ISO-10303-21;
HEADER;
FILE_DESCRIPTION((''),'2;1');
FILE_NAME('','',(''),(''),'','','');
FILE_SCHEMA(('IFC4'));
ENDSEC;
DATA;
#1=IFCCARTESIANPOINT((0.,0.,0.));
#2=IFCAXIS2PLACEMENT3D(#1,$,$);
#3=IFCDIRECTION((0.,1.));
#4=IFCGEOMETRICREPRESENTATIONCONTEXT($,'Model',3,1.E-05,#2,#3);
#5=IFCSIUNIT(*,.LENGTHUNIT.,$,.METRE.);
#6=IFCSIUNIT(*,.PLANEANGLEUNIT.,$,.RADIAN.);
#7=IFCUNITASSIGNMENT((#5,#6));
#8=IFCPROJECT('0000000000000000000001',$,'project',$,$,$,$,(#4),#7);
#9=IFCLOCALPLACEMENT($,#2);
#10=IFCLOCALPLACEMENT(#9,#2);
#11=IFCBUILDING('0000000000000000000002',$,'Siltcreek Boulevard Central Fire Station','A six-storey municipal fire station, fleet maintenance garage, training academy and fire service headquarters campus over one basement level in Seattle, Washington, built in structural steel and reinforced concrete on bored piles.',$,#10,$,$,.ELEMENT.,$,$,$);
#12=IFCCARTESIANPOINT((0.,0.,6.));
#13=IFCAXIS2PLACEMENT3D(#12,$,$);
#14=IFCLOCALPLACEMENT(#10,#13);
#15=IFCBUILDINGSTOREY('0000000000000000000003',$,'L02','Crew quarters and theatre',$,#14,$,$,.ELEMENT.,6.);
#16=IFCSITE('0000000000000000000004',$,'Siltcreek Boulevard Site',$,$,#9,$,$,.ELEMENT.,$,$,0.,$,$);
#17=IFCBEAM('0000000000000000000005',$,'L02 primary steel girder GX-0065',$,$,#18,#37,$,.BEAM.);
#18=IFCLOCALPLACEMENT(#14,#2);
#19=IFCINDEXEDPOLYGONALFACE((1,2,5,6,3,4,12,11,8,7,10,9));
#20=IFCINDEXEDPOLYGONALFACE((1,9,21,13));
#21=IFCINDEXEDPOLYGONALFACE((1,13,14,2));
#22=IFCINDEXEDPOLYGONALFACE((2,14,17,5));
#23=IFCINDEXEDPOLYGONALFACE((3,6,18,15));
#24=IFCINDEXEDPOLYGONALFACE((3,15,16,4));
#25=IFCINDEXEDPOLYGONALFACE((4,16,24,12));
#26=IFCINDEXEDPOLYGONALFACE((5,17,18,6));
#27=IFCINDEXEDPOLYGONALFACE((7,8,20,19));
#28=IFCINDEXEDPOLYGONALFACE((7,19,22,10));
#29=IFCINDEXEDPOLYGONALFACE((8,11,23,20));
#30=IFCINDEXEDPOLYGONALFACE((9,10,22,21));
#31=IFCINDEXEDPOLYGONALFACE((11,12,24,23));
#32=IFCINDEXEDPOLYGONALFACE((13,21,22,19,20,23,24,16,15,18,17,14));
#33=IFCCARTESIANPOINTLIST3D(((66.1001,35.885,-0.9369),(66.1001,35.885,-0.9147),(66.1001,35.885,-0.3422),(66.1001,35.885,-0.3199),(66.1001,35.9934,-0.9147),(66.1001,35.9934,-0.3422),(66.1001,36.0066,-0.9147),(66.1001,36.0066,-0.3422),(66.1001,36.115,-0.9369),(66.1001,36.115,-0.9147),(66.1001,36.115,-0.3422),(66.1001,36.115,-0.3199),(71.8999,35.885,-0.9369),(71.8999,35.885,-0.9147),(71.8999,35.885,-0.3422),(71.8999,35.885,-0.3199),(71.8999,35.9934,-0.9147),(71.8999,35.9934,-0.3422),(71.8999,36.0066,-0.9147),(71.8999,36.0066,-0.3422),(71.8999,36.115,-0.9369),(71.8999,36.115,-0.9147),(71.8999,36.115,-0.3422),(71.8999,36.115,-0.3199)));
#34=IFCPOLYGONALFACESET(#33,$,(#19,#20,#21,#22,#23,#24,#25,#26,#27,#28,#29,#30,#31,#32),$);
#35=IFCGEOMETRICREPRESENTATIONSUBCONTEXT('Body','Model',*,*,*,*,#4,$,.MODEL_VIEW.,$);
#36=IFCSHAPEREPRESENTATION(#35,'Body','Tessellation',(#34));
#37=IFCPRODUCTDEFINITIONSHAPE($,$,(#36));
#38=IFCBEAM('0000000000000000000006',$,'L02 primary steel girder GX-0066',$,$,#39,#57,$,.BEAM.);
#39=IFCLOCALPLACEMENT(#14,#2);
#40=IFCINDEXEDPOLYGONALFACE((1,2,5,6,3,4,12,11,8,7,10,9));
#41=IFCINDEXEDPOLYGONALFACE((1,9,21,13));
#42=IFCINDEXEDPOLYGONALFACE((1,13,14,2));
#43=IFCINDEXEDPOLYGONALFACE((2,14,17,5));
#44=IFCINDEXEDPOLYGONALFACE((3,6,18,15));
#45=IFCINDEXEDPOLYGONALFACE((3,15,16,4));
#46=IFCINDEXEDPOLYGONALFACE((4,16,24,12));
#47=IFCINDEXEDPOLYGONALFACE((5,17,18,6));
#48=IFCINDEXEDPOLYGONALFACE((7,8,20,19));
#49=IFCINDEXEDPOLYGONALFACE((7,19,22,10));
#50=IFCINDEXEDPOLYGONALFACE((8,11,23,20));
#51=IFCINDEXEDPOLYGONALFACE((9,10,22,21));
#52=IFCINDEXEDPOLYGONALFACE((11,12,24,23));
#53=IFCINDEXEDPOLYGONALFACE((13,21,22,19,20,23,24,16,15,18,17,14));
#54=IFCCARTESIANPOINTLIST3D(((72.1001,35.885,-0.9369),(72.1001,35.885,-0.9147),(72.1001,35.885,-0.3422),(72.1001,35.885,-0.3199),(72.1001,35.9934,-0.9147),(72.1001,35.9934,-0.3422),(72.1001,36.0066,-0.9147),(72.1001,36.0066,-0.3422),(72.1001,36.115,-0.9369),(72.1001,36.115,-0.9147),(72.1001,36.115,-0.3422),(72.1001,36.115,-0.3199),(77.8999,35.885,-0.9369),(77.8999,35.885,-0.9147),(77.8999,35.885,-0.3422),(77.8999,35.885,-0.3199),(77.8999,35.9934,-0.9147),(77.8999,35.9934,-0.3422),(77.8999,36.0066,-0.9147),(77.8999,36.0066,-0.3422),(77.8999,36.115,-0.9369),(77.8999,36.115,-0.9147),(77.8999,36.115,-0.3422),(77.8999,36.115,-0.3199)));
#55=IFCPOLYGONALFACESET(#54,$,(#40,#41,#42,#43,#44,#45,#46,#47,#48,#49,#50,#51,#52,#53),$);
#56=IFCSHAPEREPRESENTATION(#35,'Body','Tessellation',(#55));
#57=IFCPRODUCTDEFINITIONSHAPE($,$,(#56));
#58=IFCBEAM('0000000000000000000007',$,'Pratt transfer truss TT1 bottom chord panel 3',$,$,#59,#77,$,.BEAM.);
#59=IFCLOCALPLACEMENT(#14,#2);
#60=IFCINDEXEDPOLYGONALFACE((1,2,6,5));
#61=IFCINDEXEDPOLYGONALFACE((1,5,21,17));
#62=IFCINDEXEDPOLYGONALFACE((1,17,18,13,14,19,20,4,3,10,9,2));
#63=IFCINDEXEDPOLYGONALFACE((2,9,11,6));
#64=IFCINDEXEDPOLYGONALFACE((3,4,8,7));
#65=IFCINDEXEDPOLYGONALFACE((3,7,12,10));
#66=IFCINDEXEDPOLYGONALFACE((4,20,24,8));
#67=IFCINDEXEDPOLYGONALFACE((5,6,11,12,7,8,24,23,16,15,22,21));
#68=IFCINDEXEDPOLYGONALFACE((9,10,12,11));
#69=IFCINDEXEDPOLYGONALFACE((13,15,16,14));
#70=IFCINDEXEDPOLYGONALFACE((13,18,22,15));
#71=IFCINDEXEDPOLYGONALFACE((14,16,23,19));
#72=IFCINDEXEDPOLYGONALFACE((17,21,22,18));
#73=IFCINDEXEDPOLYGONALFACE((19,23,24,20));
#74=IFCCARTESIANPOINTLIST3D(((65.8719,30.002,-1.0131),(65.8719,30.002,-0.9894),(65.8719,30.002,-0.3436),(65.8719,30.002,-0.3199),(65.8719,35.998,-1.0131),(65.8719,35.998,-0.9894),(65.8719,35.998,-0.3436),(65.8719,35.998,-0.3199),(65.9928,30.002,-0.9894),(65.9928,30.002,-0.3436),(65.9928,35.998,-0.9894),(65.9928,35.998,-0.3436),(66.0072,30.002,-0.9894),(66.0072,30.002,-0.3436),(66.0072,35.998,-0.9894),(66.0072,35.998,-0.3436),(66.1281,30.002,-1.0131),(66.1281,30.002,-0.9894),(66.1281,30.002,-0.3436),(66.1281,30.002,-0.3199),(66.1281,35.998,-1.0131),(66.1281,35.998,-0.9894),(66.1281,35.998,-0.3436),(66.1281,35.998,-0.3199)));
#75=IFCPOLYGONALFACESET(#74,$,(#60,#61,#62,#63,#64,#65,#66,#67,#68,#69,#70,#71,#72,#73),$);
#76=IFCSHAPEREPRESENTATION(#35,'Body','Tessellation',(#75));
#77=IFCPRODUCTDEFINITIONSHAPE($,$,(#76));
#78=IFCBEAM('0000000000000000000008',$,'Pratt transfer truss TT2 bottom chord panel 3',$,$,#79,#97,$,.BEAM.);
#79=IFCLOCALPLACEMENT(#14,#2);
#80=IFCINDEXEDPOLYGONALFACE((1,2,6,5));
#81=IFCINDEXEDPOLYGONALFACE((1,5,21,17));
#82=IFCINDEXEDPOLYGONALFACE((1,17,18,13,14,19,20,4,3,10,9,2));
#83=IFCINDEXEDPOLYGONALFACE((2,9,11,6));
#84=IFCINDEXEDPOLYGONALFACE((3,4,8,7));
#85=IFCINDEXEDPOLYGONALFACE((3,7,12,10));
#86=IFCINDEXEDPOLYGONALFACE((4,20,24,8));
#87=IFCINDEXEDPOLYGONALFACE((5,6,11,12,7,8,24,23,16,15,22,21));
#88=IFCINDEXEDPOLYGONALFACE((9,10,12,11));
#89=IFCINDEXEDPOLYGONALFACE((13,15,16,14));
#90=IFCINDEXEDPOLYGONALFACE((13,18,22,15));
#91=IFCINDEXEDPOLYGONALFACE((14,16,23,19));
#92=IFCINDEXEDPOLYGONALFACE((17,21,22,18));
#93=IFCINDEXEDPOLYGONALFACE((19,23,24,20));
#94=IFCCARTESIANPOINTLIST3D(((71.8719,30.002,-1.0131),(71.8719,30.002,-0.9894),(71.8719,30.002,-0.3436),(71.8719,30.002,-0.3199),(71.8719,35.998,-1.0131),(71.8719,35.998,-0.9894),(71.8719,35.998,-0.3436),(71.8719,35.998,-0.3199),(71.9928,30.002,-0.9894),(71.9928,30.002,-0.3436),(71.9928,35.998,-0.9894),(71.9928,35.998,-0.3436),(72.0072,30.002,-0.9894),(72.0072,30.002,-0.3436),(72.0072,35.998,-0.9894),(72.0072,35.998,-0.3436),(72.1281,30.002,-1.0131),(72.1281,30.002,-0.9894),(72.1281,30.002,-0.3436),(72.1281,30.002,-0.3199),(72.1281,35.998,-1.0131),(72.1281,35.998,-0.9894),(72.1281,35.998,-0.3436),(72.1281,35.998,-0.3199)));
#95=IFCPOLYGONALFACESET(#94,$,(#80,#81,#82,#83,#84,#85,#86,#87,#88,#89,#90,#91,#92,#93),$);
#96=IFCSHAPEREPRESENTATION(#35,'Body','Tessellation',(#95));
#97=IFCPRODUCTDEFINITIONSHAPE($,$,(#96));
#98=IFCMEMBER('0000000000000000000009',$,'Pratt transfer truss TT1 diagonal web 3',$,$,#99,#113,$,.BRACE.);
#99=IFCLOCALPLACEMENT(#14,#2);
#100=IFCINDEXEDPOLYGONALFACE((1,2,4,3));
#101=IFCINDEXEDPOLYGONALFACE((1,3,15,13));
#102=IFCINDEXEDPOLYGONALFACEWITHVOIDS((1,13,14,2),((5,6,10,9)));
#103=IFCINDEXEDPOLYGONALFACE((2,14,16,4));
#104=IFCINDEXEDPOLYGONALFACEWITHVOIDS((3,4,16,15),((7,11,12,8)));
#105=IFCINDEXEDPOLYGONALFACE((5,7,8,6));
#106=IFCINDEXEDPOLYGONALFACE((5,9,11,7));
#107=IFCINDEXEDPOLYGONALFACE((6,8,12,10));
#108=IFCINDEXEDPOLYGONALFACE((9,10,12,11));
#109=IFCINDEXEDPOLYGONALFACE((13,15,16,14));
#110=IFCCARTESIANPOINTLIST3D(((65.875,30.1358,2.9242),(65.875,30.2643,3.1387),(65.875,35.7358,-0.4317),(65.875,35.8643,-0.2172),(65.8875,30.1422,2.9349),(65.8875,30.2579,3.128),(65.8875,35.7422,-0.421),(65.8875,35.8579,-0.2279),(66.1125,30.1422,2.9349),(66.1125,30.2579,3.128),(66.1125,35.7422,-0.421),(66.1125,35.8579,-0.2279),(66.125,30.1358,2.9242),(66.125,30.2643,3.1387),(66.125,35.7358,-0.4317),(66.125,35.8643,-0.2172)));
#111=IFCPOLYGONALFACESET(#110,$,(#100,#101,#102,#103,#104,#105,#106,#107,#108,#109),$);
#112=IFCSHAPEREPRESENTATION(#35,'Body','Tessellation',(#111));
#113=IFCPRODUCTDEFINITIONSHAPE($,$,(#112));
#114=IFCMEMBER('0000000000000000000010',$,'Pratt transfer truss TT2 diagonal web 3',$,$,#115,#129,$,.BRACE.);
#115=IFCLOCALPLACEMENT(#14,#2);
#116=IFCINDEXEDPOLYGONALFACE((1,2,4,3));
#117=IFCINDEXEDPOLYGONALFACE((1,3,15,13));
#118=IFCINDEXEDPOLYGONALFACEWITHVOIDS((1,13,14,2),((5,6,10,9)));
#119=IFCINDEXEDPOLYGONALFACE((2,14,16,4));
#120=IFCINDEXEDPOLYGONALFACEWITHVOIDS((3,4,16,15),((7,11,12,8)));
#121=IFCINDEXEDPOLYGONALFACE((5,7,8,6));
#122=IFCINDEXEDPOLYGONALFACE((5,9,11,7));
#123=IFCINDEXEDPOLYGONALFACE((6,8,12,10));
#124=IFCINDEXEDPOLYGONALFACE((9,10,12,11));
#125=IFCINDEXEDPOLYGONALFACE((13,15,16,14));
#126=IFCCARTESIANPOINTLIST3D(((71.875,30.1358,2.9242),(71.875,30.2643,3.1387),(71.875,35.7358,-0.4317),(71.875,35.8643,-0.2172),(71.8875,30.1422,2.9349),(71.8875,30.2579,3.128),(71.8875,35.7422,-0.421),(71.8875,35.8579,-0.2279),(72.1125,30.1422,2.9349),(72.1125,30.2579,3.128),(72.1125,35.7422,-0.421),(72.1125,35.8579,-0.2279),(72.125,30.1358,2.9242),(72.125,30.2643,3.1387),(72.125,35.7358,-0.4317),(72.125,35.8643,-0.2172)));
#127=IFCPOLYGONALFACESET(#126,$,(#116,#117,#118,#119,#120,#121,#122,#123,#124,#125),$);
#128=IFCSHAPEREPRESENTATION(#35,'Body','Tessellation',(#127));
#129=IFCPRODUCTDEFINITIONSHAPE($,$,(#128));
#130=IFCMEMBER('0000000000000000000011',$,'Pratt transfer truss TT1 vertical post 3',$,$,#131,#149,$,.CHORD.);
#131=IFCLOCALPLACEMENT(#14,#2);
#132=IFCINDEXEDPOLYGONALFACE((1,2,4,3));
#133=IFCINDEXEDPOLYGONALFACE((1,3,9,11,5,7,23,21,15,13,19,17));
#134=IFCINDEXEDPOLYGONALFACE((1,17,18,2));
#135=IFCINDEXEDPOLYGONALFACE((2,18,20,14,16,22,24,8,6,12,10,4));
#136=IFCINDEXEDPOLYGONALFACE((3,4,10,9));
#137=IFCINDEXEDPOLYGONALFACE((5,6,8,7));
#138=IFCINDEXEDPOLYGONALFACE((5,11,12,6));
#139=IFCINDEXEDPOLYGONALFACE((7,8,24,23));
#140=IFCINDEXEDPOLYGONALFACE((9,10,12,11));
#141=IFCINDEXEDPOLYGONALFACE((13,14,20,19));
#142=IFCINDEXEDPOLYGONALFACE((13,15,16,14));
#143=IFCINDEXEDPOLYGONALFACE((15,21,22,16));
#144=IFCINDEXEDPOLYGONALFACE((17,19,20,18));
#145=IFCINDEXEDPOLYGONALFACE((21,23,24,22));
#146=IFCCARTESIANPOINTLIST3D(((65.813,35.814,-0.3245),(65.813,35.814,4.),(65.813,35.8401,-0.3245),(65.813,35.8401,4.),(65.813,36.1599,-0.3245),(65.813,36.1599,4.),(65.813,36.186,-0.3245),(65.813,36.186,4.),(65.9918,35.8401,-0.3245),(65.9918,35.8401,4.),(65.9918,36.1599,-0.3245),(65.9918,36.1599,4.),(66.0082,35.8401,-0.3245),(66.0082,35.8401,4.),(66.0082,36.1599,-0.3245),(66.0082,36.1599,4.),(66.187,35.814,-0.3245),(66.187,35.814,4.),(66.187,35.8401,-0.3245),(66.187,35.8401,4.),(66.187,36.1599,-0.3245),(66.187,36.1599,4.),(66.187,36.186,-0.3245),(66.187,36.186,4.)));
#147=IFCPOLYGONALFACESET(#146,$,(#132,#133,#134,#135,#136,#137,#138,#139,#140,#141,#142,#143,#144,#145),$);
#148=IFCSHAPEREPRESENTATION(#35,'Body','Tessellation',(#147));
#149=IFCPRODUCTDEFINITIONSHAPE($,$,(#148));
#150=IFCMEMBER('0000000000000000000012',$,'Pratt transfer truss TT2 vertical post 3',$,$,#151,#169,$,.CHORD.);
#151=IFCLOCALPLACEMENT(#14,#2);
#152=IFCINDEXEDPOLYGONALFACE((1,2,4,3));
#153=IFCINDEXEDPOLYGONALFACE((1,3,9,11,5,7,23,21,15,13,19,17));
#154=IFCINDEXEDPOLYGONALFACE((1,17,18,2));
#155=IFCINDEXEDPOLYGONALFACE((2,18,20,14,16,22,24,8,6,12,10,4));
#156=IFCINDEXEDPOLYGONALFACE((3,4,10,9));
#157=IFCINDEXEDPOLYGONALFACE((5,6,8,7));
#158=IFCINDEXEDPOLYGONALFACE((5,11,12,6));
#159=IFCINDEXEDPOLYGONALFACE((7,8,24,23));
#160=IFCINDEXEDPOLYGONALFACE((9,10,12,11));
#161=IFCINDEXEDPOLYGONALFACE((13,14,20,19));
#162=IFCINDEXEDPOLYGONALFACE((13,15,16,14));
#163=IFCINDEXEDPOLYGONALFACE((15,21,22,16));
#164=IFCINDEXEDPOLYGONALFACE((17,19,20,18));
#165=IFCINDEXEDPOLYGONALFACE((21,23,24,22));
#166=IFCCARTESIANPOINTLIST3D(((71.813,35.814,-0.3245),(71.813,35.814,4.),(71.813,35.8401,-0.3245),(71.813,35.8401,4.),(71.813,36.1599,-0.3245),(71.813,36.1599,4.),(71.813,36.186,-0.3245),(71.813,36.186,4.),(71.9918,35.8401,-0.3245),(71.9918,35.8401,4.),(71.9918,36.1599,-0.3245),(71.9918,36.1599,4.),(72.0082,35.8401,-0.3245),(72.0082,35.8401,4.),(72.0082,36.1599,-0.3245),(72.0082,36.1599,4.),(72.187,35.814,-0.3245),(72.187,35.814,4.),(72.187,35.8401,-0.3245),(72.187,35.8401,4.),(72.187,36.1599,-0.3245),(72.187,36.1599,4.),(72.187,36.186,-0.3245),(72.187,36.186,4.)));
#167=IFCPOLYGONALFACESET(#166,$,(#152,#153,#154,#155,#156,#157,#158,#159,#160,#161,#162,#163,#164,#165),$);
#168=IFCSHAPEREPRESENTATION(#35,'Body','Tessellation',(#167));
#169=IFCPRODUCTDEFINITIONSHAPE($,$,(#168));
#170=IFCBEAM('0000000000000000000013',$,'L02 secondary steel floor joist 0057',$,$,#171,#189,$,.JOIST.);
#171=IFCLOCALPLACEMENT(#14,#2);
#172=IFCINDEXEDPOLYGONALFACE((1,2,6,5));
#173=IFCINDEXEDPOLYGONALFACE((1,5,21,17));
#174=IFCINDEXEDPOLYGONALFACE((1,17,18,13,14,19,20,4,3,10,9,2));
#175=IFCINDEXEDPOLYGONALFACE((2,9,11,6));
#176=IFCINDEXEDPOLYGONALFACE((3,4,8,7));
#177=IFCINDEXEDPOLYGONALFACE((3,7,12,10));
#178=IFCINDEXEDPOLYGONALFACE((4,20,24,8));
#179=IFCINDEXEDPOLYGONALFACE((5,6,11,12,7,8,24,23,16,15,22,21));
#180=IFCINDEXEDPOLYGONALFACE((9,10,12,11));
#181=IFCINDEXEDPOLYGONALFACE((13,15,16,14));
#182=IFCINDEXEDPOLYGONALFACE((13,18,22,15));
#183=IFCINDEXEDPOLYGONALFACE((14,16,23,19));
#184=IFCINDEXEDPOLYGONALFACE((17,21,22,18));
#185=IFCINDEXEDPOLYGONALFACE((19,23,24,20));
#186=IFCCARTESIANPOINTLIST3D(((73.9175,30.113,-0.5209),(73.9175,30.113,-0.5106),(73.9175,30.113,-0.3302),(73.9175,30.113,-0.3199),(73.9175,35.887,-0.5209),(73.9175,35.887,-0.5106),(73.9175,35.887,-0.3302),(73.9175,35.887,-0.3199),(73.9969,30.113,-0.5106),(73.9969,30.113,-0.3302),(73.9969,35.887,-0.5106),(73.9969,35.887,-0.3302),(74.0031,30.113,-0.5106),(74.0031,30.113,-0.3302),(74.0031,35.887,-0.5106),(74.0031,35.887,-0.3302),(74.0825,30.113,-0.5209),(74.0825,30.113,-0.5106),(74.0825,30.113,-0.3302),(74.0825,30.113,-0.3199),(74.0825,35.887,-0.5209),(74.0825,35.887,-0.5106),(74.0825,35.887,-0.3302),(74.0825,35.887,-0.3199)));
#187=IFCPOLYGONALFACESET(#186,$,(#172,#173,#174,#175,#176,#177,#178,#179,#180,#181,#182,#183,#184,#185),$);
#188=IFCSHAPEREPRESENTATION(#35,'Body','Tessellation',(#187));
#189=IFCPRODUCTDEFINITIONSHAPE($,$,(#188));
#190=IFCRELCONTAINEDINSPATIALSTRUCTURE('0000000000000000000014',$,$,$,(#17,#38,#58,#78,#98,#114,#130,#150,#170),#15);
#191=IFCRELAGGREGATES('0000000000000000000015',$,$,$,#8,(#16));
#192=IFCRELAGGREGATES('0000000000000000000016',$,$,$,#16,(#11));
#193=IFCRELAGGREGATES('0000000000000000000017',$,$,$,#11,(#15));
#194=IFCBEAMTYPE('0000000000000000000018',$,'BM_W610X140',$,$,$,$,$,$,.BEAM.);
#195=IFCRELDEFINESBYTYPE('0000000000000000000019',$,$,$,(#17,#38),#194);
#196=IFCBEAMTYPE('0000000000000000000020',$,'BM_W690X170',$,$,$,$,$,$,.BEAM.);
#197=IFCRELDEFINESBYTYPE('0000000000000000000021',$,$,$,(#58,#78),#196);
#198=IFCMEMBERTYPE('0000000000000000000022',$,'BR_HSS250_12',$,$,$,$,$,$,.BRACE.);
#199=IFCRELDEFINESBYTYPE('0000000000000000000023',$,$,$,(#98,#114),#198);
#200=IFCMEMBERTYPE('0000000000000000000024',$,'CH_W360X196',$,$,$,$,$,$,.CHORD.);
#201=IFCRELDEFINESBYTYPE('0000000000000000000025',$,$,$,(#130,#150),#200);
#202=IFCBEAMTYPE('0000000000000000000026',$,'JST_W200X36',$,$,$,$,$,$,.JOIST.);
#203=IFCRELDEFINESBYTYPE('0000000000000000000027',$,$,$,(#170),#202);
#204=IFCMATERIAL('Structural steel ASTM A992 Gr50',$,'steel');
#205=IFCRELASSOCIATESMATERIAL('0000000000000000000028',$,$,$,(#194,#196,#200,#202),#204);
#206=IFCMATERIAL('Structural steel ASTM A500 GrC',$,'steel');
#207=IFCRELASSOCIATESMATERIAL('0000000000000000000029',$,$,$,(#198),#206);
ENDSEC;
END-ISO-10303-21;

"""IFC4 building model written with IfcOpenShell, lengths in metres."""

from ifc_helpers import new_model, si_unit, direction, frame, origin, origin_2d, place, context, subcontext, project, spatial, hollow_rectangle, i_section, extrude, material, material_profile, profile_set, type_object, element, save


model = new_model("IFC4")

# Units and contexts
model_context = context("Model", 3, precision=1e-05, world=origin(), true_north=direction((0.0, 1.0)))
body_context = subcontext(model_context, "Body", "Model", "MODEL_VIEW")
ifc_project = project(units=[si_unit("LENGTHUNIT", "METRE"), si_unit("PLANEANGLEUNIT", "RADIAN")], contexts=[model_context])

# Site, building, storey
site_placement = place(None, origin())
site = spatial("IfcSite", under=ifc_project, at=site_placement, Name="Siltcreek Boulevard Site", CompositionType="ELEMENT", RefElevation=0.0)
building_placement = place(site_placement, origin())
building = spatial("IfcBuilding", under=site, at=building_placement, Name="Siltcreek Boulevard Central Fire Station", Description="A six-storey municipal fire station, fleet maintenance garage, training academy and fire service headquarters campus over one basement level in Seattle, Washington, built in structural steel and reinforced concrete on bored piles.", CompositionType="ELEMENT")
storey_placement = place(building_placement, frame((0.0, 0.0, 6.0)))
storey = spatial("IfcBuildingStorey", under=building, at=storey_placement, Name="L02", Description="Crew quarters and theatre", CompositionType="ELEMENT", Elevation=6.0)

# Beams
ifc_material_1 = material(Name="Structural steel ASTM A992 Gr50", Category="steel")
ifc_material_profile_1 = material_profile(ifc_material_1, i_section(OverallWidth=0.23, OverallDepth=0.6169, WebThickness=0.0132, FlangeThickness=0.0222, at=origin_2d()), Name="W610X140")
ifc_profile_set_1 = profile_set([ifc_material_profile_1], Name="Structural steel ASTM A992 Gr50")
beam_type_1 = type_object("IfcBeamType", Name="BM_W610X140", PredefinedType="BEAM", material=ifc_profile_set_1)
for number, where, z_axis, x_axis, name in (
    (1, (66.1001, 36.0, -0.6284), (1.0, 0.0, 0.0), (0.0, 1.0, 0.0), "L02 primary steel girder GX-0065"),
    (2, (72.1001, 36.0, -0.6284), (1.0, 0.0, 0.0), (0.0, 1.0, 0.0), "L02 primary steel girder GX-0066"),
):
    element("IfcBeam", number, at=place(storey_placement, frame(where, z_axis=z_axis, x_axis=x_axis)), inside=storey, type_object=beam_type_1, Name=name, PredefinedType="BEAM", context=body_context, shape_type="SweptSolid", body=[
        extrude(i_section(OverallWidth=0.23, OverallDepth=0.6169, WebThickness=0.0132, FlangeThickness=0.0222, at=origin_2d()), origin(), (0.0, 0.0, 1.0), 5.7998),
    ])
ifc_material_profile_2 = material_profile(ifc_material_1, i_section(OverallWidth=0.2561, OverallDepth=0.6931, WebThickness=0.0144, FlangeThickness=0.0237, at=origin_2d()), Name="W690X170")
ifc_profile_set_2 = profile_set([ifc_material_profile_2], Name="Structural steel ASTM A992 Gr50")
beam_type_2 = type_object("IfcBeamType", Name="BM_W690X170", PredefinedType="BEAM", material=ifc_profile_set_2)
for number, where, z_axis, x_axis, name in (
    (3, (66.0, 30.002, -0.6665), (0.0, 1.0, 0.0), (-1.0, 0.0, 0.0), "Pratt transfer truss TT1 bottom chord panel 3"),
    (4, (72.0, 30.002, -0.6665), (0.0, 1.0, 0.0), (-1.0, 0.0, 0.0), "Pratt transfer truss TT2 bottom chord panel 3"),
):
    element("IfcBeam", number, at=place(storey_placement, frame(where, z_axis=z_axis, x_axis=x_axis)), inside=storey, type_object=beam_type_2, Name=name, PredefinedType="BEAM", context=body_context, shape_type="SweptSolid", body=[
        extrude(i_section(OverallWidth=0.2561, OverallDepth=0.6931, WebThickness=0.0144, FlangeThickness=0.0237, at=origin_2d()), origin(), (0.0, 0.0, 1.0), 5.9961),
    ])

# Members
ifc_material_2 = material(Name="Structural steel ASTM A500 GrC", Category="steel")
ifc_material_profile_3 = material_profile(ifc_material_2, hollow_rectangle(XDim=0.25, YDim=0.25, WallThickness=0.0125, at=origin_2d()), Name="HSS250X250X12.5")
ifc_profile_set_3 = profile_set([ifc_material_profile_3], Name="Structural steel ASTM A500 GrC")
member_type_1 = type_object("IfcMemberType", Name="BR_HSS250_12", PredefinedType="BRACE", material=ifc_profile_set_3)
for number, where, z_axis, x_axis, name in (
    (5, (66.0, 35.8, -0.3245), (0.0, -0.85777, 0.514034), (1.0, 0.0, 0.0), "Pratt transfer truss TT1 diagonal web 3"),
    (6, (72.0, 35.8, -0.3245), (0.0, -0.85777, 0.514034), (1.0, 0.0, 0.0), "Pratt transfer truss TT2 diagonal web 3"),
):
    element("IfcMember", number, at=place(storey_placement, frame(where, z_axis=z_axis, x_axis=x_axis)), inside=storey, type_object=member_type_1, Name=name, PredefinedType="BRACE", context=body_context, shape_type="SweptSolid", body=[
        extrude(hollow_rectangle(XDim=0.25, YDim=0.25, WallThickness=0.0125, at=origin_2d()), origin(), (0.0, 0.0, 1.0), 6.5286),
    ])
ifc_material_profile_4 = material_profile(ifc_material_1, i_section(OverallWidth=0.374, OverallDepth=0.3721, WebThickness=0.0164, FlangeThickness=0.0261, at=origin_2d()), Name="W360X196")
ifc_profile_set_4 = profile_set([ifc_material_profile_4], Name="Structural steel ASTM A992 Gr50")
member_type_2 = type_object("IfcMemberType", Name="CH_W360X196", PredefinedType="CHORD", material=ifc_profile_set_4)
for number, where, z_axis, x_axis, name in (
    (7, (66.0, 36.0, -0.3245), (0.0, 0.0, 1.0), (1.0, 0.0, 0.0), "Pratt transfer truss TT1 vertical post 3"),
    (8, (72.0, 36.0, -0.3245), (0.0, 0.0, 1.0), (1.0, 0.0, 0.0), "Pratt transfer truss TT2 vertical post 3"),
):
    element("IfcMember", number, at=place(storey_placement, frame(where, z_axis=z_axis, x_axis=x_axis)), inside=storey, type_object=member_type_2, Name=name, PredefinedType="CHORD", context=body_context, shape_type="SweptSolid", body=[
        extrude(i_section(OverallWidth=0.374, OverallDepth=0.3721, WebThickness=0.0164, FlangeThickness=0.0261, at=origin_2d()), origin(), (0.0, 0.0, 1.0), 4.3245),
    ])

# Beam
ifc_material_profile_5 = material_profile(ifc_material_1, i_section(OverallWidth=0.165, OverallDepth=0.2009, WebThickness=0.0061, FlangeThickness=0.0103, at=origin_2d()), Name="W200X36")
ifc_profile_set_5 = profile_set([ifc_material_profile_5], Name="Structural steel ASTM A992 Gr50")
beam_type_3 = type_object("IfcBeamType", Name="JST_W200X36", PredefinedType="JOIST", material=ifc_profile_set_5)
beam_1_placement = place(storey_placement, frame((74.0, 30.113, -0.4204), z_axis=(0.0, 1.0, 0.0), x_axis=(-1.0, 0.0, 0.0)))
element("IfcBeam", 9, at=beam_1_placement, inside=storey, type_object=beam_type_3, Name="L02 secondary steel floor joist 0057", PredefinedType="JOIST", context=body_context, shape_type="SweptSolid", body=[
    extrude(i_section(OverallWidth=0.165, OverallDepth=0.2009, WebThickness=0.0061, FlangeThickness=0.0103, at=origin_2d()), origin(), (0.0, 0.0, 1.0), 5.7739),
])

save(model, "model.ifc")
